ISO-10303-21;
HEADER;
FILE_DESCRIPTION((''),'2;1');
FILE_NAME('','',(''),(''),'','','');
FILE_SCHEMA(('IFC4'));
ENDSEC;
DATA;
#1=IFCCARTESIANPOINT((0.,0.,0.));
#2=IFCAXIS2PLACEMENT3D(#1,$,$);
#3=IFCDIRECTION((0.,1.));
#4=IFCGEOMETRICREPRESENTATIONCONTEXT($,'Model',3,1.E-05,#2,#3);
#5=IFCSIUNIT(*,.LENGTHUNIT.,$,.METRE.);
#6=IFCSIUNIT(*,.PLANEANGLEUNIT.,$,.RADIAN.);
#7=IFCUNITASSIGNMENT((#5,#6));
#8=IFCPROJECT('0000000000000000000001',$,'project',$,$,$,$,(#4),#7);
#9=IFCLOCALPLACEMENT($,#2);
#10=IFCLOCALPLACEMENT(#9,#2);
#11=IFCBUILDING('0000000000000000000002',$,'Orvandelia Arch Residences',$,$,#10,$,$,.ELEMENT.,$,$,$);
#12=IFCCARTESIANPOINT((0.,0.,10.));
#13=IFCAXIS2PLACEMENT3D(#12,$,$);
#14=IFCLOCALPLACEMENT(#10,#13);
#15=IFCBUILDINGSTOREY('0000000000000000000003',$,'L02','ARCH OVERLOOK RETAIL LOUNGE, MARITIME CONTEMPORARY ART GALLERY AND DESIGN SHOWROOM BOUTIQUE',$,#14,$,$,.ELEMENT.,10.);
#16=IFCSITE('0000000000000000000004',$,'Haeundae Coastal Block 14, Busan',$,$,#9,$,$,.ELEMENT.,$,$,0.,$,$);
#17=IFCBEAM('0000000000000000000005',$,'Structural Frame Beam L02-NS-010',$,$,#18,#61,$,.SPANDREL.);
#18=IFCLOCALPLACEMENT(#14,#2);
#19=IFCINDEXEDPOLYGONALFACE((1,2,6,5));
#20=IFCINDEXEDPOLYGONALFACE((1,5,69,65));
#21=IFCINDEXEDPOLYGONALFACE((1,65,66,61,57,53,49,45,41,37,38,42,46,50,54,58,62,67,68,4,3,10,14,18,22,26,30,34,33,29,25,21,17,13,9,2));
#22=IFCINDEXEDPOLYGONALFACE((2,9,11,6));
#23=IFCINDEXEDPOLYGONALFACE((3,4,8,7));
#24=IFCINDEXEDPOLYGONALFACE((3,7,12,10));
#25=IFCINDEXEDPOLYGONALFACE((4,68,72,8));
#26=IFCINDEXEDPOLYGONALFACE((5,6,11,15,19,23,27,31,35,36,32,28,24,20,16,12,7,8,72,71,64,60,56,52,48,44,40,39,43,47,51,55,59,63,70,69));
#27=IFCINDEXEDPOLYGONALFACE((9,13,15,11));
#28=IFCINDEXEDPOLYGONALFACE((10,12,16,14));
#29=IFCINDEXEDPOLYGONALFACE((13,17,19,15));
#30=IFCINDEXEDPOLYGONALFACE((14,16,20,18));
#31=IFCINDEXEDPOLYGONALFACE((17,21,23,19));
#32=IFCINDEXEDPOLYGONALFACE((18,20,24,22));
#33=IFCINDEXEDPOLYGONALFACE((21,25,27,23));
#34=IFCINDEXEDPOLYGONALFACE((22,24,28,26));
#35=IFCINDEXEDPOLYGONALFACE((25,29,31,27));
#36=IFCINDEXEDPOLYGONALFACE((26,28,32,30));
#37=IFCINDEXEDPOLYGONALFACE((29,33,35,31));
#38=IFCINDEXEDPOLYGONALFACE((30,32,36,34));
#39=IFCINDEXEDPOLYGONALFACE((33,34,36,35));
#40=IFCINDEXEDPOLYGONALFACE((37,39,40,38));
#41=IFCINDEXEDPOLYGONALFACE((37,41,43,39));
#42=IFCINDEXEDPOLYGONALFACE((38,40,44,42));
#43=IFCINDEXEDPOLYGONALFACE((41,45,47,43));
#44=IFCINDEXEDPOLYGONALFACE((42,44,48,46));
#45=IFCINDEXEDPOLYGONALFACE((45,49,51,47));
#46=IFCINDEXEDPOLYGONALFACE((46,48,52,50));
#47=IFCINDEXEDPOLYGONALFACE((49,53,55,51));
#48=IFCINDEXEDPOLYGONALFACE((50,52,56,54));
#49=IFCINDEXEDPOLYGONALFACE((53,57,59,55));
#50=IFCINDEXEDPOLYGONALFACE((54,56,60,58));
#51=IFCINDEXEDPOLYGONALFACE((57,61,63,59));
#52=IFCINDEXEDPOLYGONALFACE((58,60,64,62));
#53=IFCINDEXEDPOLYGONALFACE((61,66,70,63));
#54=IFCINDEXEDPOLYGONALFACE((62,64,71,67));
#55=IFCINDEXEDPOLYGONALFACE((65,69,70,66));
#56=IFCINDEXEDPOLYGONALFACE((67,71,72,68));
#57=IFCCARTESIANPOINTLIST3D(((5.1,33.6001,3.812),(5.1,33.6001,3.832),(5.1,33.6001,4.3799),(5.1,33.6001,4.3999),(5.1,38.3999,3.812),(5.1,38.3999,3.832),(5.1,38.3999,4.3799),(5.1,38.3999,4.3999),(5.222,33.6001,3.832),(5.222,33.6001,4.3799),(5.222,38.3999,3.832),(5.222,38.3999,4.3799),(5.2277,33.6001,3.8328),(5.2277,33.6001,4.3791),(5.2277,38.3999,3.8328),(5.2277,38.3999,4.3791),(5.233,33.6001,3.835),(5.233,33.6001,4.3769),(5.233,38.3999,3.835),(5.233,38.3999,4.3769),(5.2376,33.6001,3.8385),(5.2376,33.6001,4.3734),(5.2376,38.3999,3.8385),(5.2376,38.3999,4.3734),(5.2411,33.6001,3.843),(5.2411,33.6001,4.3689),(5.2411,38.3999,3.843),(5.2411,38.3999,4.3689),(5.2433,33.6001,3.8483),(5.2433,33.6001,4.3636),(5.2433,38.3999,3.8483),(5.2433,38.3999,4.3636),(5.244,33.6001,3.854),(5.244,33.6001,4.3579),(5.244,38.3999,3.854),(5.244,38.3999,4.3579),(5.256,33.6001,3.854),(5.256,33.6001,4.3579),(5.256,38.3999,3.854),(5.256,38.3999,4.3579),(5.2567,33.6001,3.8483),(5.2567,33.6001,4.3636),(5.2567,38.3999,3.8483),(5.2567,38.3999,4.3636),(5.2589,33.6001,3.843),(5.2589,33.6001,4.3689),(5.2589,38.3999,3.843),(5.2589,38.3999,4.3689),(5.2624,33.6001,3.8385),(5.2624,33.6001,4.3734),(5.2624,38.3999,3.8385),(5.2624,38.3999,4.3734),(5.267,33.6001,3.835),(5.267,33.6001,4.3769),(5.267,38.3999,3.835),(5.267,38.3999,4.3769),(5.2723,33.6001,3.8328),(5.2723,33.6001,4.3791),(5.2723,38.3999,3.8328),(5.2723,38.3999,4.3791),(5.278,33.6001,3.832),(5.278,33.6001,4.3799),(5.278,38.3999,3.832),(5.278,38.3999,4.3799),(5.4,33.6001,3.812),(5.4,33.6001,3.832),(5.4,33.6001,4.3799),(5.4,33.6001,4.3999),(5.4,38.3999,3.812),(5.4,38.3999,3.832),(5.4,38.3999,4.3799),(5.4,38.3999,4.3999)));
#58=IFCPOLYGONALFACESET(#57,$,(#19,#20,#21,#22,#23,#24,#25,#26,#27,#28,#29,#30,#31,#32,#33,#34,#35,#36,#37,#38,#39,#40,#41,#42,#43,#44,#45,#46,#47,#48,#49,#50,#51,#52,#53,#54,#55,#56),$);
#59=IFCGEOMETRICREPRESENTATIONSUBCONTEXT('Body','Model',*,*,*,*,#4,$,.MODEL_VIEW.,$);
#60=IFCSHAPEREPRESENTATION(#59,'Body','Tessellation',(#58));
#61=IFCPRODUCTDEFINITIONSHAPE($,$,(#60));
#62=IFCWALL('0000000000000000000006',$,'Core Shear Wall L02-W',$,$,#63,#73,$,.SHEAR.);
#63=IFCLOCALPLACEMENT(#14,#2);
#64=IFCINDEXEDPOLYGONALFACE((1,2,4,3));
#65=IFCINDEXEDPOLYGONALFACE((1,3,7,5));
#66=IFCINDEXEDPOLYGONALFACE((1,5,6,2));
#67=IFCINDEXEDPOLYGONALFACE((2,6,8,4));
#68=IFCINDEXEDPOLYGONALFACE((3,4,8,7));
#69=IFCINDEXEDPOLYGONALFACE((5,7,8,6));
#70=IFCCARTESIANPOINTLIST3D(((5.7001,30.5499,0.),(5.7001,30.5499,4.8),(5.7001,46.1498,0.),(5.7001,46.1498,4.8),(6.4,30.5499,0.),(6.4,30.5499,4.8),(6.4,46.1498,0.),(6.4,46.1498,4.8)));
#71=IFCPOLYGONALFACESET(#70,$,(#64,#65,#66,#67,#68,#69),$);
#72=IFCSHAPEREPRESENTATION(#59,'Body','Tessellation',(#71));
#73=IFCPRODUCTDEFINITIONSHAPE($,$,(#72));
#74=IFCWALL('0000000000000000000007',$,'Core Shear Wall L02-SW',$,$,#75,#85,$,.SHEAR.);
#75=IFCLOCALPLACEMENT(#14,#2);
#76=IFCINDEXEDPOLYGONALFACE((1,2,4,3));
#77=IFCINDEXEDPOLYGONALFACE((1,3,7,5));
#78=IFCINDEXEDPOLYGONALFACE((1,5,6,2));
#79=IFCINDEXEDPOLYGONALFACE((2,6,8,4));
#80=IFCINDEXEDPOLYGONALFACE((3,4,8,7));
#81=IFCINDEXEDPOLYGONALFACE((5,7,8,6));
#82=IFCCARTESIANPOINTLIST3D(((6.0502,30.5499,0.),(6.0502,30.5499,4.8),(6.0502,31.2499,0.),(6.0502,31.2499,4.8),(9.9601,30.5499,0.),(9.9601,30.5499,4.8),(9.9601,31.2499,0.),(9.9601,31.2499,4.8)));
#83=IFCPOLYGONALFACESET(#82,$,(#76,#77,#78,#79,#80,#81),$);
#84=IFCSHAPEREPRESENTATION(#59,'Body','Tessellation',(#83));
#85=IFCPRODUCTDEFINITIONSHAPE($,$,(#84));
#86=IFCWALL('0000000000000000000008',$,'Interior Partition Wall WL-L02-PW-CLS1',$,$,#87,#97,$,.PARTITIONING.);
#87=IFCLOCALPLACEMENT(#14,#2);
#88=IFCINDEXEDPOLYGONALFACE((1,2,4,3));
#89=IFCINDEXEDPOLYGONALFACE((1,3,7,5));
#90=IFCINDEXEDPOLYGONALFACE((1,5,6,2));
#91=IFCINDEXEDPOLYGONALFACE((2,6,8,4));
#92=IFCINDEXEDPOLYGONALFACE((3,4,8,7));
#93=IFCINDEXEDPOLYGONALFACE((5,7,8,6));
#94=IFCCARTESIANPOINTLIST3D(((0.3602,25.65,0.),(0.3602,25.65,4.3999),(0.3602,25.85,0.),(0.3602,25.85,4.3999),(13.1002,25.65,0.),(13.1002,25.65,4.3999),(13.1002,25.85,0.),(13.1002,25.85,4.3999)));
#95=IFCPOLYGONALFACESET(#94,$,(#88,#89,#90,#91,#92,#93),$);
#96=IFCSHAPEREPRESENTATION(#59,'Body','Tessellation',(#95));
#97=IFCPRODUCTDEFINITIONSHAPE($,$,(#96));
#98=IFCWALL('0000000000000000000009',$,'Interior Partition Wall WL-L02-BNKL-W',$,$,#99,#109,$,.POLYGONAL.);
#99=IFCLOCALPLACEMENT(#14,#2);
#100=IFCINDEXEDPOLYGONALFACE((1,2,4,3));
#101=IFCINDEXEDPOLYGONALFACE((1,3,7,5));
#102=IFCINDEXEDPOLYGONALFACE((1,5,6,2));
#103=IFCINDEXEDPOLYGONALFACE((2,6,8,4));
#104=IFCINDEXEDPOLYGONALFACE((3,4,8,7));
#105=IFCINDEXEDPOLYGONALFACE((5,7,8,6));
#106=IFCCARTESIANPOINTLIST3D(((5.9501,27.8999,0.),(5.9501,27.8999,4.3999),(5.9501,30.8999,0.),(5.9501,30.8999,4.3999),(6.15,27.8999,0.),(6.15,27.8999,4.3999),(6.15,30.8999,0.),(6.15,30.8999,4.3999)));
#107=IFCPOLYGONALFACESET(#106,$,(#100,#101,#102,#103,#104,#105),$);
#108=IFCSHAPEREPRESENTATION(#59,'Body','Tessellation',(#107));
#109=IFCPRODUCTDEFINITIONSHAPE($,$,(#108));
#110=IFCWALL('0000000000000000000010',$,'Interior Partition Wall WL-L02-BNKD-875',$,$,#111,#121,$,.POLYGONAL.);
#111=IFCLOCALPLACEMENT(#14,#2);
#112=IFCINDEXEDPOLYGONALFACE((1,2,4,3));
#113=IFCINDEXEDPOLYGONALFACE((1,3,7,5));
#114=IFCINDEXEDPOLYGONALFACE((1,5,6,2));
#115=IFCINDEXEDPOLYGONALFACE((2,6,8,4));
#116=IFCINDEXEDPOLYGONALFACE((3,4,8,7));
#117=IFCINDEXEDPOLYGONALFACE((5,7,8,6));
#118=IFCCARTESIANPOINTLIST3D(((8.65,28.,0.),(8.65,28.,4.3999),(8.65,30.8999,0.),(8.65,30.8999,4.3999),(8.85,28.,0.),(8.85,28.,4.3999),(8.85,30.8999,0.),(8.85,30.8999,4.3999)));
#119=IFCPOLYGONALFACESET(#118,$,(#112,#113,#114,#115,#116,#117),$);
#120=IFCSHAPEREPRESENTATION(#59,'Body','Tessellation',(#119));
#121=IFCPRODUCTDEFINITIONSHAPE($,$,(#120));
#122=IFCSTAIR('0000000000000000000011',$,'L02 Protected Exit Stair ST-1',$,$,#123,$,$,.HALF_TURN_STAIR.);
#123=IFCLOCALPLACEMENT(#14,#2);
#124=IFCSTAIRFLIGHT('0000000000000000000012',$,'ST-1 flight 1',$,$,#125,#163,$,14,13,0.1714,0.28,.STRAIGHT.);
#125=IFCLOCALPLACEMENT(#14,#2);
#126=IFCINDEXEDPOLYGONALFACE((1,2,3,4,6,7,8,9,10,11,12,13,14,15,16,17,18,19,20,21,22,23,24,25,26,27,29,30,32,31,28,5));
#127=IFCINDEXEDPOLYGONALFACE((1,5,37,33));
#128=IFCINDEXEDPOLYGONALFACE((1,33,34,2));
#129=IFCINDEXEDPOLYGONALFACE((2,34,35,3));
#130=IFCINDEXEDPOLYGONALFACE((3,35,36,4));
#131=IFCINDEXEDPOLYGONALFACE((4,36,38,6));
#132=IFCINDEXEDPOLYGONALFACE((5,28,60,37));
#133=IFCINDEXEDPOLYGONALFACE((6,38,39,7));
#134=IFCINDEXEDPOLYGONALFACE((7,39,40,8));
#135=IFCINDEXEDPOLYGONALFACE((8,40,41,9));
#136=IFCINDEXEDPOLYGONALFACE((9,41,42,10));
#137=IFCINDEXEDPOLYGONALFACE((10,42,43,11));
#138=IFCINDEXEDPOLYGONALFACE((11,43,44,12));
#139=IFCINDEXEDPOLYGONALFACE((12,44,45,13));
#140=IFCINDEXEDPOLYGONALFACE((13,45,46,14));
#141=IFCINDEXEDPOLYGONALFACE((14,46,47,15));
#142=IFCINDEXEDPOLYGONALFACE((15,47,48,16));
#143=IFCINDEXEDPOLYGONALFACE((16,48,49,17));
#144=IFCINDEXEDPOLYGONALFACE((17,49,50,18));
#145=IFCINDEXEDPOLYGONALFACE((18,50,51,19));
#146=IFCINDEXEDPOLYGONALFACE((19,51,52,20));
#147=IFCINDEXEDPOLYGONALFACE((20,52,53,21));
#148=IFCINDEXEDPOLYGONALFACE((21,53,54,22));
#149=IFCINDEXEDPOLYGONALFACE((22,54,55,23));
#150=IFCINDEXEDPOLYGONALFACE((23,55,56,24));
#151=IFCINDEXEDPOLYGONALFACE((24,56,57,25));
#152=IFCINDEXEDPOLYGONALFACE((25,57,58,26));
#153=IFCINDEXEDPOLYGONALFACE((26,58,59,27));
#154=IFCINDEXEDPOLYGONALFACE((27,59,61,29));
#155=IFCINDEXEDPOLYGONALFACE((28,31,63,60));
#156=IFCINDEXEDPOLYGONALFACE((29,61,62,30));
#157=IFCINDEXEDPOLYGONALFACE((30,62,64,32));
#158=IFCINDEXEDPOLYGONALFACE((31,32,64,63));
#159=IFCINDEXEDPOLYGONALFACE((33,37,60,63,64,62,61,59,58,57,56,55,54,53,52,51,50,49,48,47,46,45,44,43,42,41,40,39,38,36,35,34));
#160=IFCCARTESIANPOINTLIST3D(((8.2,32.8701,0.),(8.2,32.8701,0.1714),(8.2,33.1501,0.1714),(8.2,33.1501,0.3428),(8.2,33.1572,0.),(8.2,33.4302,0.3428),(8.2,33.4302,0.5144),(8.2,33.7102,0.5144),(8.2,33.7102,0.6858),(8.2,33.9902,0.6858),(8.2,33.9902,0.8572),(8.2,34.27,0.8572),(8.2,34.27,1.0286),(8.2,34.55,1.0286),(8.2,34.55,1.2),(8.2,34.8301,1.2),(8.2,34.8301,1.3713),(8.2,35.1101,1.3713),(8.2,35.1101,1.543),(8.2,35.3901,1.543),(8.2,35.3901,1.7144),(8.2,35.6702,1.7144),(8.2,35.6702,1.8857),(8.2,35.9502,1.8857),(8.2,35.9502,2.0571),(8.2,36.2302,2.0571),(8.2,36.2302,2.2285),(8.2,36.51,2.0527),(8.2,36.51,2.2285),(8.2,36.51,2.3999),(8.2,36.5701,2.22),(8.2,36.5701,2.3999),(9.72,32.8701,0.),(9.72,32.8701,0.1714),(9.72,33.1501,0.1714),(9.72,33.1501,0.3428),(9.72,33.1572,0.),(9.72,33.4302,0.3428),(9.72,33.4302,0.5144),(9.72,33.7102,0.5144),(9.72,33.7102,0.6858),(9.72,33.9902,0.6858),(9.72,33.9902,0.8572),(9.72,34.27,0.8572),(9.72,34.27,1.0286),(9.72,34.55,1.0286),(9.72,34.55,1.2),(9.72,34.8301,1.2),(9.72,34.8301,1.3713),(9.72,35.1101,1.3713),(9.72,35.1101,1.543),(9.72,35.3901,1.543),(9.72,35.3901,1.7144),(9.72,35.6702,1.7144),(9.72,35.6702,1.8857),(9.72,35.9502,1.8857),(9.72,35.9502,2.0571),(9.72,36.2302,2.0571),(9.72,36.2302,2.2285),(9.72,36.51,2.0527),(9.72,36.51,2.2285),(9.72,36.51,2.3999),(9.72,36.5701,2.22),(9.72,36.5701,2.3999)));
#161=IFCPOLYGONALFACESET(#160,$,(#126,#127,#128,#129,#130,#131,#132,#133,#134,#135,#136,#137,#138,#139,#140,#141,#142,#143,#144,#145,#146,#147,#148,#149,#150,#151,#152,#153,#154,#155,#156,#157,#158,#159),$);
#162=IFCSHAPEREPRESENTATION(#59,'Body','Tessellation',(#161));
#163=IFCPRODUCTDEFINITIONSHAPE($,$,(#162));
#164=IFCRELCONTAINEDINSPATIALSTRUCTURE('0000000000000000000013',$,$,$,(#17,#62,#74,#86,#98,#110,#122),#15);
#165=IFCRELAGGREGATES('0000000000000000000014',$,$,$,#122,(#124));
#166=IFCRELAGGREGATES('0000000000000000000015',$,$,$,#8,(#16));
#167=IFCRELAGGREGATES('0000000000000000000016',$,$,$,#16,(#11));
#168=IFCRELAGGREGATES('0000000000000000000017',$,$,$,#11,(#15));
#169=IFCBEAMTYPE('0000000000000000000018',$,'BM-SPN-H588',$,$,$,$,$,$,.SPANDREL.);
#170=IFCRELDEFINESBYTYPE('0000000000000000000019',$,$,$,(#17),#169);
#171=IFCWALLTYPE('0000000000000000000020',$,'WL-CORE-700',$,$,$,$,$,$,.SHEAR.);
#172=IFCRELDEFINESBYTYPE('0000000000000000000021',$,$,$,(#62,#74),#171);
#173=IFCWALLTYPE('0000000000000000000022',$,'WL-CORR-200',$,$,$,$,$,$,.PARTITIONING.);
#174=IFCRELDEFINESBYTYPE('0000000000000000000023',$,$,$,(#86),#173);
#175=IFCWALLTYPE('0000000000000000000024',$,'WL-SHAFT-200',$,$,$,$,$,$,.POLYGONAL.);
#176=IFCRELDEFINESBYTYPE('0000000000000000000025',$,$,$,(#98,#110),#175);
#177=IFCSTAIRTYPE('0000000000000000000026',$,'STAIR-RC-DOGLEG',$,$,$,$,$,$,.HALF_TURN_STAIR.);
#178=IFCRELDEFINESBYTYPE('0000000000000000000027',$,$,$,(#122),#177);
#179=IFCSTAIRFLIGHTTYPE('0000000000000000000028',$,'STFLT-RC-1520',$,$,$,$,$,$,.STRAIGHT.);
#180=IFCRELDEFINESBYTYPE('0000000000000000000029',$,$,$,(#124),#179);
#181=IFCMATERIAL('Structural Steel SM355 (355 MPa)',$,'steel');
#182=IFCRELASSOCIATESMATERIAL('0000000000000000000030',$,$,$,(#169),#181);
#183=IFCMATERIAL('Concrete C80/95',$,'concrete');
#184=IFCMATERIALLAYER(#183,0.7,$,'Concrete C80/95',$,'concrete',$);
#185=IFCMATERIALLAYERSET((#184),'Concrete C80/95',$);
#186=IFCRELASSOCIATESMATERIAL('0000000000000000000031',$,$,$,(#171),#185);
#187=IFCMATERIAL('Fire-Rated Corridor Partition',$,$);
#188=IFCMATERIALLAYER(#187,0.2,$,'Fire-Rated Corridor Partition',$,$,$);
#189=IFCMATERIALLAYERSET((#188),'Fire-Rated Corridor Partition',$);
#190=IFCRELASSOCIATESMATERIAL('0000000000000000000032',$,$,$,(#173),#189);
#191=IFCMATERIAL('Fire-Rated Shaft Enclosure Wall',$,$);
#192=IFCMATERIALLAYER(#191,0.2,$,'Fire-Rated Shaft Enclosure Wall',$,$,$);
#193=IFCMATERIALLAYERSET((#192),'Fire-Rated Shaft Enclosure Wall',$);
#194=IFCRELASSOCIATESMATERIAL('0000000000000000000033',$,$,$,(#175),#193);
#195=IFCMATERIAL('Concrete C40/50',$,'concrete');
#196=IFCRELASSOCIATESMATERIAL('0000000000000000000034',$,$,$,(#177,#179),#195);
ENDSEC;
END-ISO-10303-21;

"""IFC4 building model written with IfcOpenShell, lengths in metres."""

from ifc_helpers import new_model, si_unit, direction, frame, frame_2d, origin, origin_2d, place, context, subcontext, project, spatial, polyline, rectangle, i_section, outline, extrude, material, layer, layer_set, material_profile, profile_set, type_object, element, aggregate, save


model = new_model("IFC4")

# Units and contexts
model_context = context("Model", 3, precision=1e-05, world=origin(), true_north=direction((0.0, 1.0)))
body_context = subcontext(model_context, "Body", "Model", "MODEL_VIEW")
ifc_project = project(units=[si_unit("LENGTHUNIT", "METRE"), si_unit("PLANEANGLEUNIT", "RADIAN")], contexts=[model_context])

# Site, building, storey
site_placement = place(None, origin())
site = spatial("IfcSite", under=ifc_project, at=site_placement, Name="Haeundae Coastal Block 14, Busan", CompositionType="ELEMENT", RefElevation=0.0)
building_placement = place(site_placement, origin())
building = spatial("IfcBuilding", under=site, at=building_placement, Name="Orvandelia Arch Residences", CompositionType="ELEMENT")
storey_placement = place(building_placement, frame((0.0, 0.0, 10.0)))
storey = spatial("IfcBuildingStorey", under=building, at=storey_placement, Name="L02", Description="ARCH OVERLOOK RETAIL LOUNGE, MARITIME CONTEMPORARY ART GALLERY AND DESIGN SHOWROOM BOUTIQUE", CompositionType="ELEMENT", Elevation=10.0)

# Shared definitions
ifc_material_1 = material(Name="Concrete C80/95", Category="concrete")

# Beam
ifc_material_2 = material(Name="Structural Steel SM355 (355 MPa)", Category="steel")
ifc_material_profile_1 = material_profile(ifc_material_2, i_section(OverallWidth=0.3, OverallDepth=0.5879, WebThickness=0.012, FlangeThickness=0.02, FilletRadius=0.022, at=origin_2d()), Name="Structural Steel SM355 (355 MPa)", Category="steel")
ifc_profile_set_1 = profile_set([ifc_material_profile_1], Name="Structural Steel SM355 (355 MPa)")
beam_type_1 = type_object("IfcBeamType", Name="BM-SPN-H588", PredefinedType="SPANDREL", material=ifc_profile_set_1)
beam_1_placement = place(storey_placement, frame((5.25, 33.6001, 4.106), z_axis=(0.0, 1.0, 0.0), x_axis=(-1.0, 0.0, 0.0)))
element("IfcBeam", 1, at=beam_1_placement, inside=storey, type_object=beam_type_1, Name="Structural Frame Beam L02-NS-010", PredefinedType="SPANDREL", context=body_context, shape_type="SweptSolid", body=[
    extrude(i_section(OverallWidth=0.3, OverallDepth=0.5879, WebThickness=0.012, FlangeThickness=0.02, FilletRadius=0.022, at=origin_2d()), origin(), (0.0, 0.0, 1.0), 4.7998),
])

# Walls
ifc_layer_1 = layer(ifc_material_1, 0.7, Name="Concrete C80/95", Category="concrete")
ifc_layer_set_1 = layer_set([ifc_layer_1], Name="Concrete C80/95")
wall_type_1 = type_object("IfcWallType", Name="WL-CORE-700", PredefinedType="SHEAR", material=ifc_layer_set_1)
wall_1_placement = place(storey_placement, frame((6.05, 30.55, 0.0), z_axis=(0.0, 0.0, 1.0), x_axis=(0.0, 1.0, 0.0)))
element("IfcWall", 2, at=wall_1_placement, inside=storey, type_object=wall_type_1, Name="Core Shear Wall L02-W", PredefinedType="SHEAR", context=body_context, shape_type="SweptSolid", body=[
    extrude(rectangle(XDim=15.5999, YDim=0.7, at=frame_2d((7.7998, 0.0))), origin(), (0.0, 0.0, 1.0), 4.8),
])
wall_2_placement = place(storey_placement, frame((6.05, 30.8999, 0.0), z_axis=(0.0, 0.0, 1.0), x_axis=(1.0, 0.0, 0.0)))
element("IfcWall", 3, at=wall_2_placement, inside=storey, type_object=wall_type_1, Name="Core Shear Wall L02-SW", PredefinedType="SHEAR", context=body_context, shape_type="SweptSolid", body=[
    extrude(rectangle(XDim=3.9099, YDim=0.7, at=frame_2d((1.9551, 0.0))), origin(), (0.0, 0.0, 1.0), 4.8),
])
ifc_material_3 = material(Name="Fire-Rated Corridor Partition")
ifc_layer_2 = layer(ifc_material_3, 0.2, Name="Fire-Rated Corridor Partition")
ifc_layer_set_2 = layer_set([ifc_layer_2], Name="Fire-Rated Corridor Partition")
wall_type_2 = type_object("IfcWallType", Name="WL-CORR-200", PredefinedType="PARTITIONING", material=ifc_layer_set_2)
wall_3_placement = place(storey_placement, frame((0.3601, 25.75, 0.0), z_axis=(0.0, 0.0, 1.0), x_axis=(1.0, 0.0, 0.0)))
element("IfcWall", 4, at=wall_3_placement, inside=storey, type_object=wall_type_2, Name="Interior Partition Wall WL-L02-PW-CLS1", PredefinedType="PARTITIONING", context=body_context, shape_type="SweptSolid", body=[
    extrude(rectangle(XDim=12.74, YDim=0.2, at=frame_2d((6.3701, 0.0))), origin(), (0.0, 0.0, 1.0), 4.3999),
])

# Shared definitions
ifc_material_4 = material(Name="Fire-Rated Shaft Enclosure Wall")
ifc_layer_3 = layer(ifc_material_4, 0.2, Name="Fire-Rated Shaft Enclosure Wall")
ifc_layer_set_3 = layer_set([ifc_layer_3], Name="Fire-Rated Shaft Enclosure Wall")
wall_type_3 = type_object("IfcWallType", Name="WL-SHAFT-200", PredefinedType="POLYGONAL", material=ifc_layer_set_3)

# Walls
wall_4_placement = place(storey_placement, frame((6.05, 27.8999, 0.0), z_axis=(0.0, 0.0, 1.0), x_axis=(0.0, 1.0, 0.0)))
element("IfcWall", 5, at=wall_4_placement, inside=storey, type_object=wall_type_3, Name="Interior Partition Wall WL-L02-BNKL-W", PredefinedType="POLYGONAL", context=body_context, shape_type="SweptSolid", body=[
    extrude(rectangle(XDim=3.0, YDim=0.2, at=frame_2d((1.5, 0.0))), origin(), (0.0, 0.0, 1.0), 4.3999),
])
wall_5_placement = place(storey_placement, frame((8.75, 28.0, 0.0), z_axis=(0.0, 0.0, 1.0), x_axis=(0.0, 1.0, 0.0)))
element("IfcWall", 6, at=wall_5_placement, inside=storey, type_object=wall_type_3, Name="Interior Partition Wall WL-L02-BNKD-875", PredefinedType="POLYGONAL", context=body_context, shape_type="SweptSolid", body=[
    extrude(rectangle(XDim=2.8999, YDim=0.2, at=frame_2d((1.45, 0.0))), origin(), (0.0, 0.0, 1.0), 4.3999),
])

# Stair, stair flight
ifc_material_5 = material(Name="Concrete C40/50", Category="concrete")
stair_type = type_object("IfcStairType", Name="STAIR-RC-DOGLEG", PredefinedType="HALF_TURN_STAIR", material=ifc_material_5)
stair_placement = place(storey_placement, origin())
stair = element("IfcStair", 7, at=stair_placement, inside=storey, type_object=stair_type, Name="L02 Protected Exit Stair ST-1", PredefinedType="HALF_TURN_STAIR")
stair_flight_type = type_object("IfcStairFlightType", Name="STFLT-RC-1520", PredefinedType="STRAIGHT", material=ifc_material_5)
stair_flight_placement = place(storey_placement, frame((8.96, 32.8701, 0.0), z_axis=(0.0, 0.0, 1.0), x_axis=(0.0, 1.0, 0.0)))
stair_flight = element("IfcStairFlight", 8, at=stair_flight_placement, type_object=stair_flight_type, Name="ST-1 flight 1", NumberOfRisers=14, NumberOfTreads=13, PredefinedType="STRAIGHT", RiserHeight=0.1714, TreadLength=0.28, context=body_context, shape_type="SweptSolid", body=[
    extrude(outline(polyline([(0.0, 0.0), (0.0, 0.1714), (0.28, 0.1714), (0.28, 0.3428), (0.5601, 0.3428), (0.5601, 0.5144), (0.8401, 0.5144), (0.8401, 0.6858), (1.1201, 0.6858), (1.1201, 0.8572), (1.3999, 0.8572), (1.3999, 1.0286), (1.6799, 1.0286), (1.6799, 1.2), (1.96, 1.2), (1.96, 1.3713), (2.24, 1.3713), (2.24, 1.543), (2.52, 1.543), (2.52, 1.7144), (2.8, 1.7144), (2.8, 1.8857), (3.0801, 1.8857), (3.0801, 2.0571), (3.3601, 2.0571), (3.3601, 2.2285), (3.6399, 2.2285), (3.6399, 2.3999), (3.7, 2.3999), (3.7, 2.22), (3.6399, 2.0527), (0.2871, 0.0), (0.0, 0.0)])), frame((0.0, 0.76, 0.0), z_axis=(0.0, -1.0, 0.0), x_axis=(1.0, 0.0, 0.0)), (0.0, 0.0, 1.0), 1.52),
])
aggregate(stair, [stair_flight])

save(model, "model.ifc")
